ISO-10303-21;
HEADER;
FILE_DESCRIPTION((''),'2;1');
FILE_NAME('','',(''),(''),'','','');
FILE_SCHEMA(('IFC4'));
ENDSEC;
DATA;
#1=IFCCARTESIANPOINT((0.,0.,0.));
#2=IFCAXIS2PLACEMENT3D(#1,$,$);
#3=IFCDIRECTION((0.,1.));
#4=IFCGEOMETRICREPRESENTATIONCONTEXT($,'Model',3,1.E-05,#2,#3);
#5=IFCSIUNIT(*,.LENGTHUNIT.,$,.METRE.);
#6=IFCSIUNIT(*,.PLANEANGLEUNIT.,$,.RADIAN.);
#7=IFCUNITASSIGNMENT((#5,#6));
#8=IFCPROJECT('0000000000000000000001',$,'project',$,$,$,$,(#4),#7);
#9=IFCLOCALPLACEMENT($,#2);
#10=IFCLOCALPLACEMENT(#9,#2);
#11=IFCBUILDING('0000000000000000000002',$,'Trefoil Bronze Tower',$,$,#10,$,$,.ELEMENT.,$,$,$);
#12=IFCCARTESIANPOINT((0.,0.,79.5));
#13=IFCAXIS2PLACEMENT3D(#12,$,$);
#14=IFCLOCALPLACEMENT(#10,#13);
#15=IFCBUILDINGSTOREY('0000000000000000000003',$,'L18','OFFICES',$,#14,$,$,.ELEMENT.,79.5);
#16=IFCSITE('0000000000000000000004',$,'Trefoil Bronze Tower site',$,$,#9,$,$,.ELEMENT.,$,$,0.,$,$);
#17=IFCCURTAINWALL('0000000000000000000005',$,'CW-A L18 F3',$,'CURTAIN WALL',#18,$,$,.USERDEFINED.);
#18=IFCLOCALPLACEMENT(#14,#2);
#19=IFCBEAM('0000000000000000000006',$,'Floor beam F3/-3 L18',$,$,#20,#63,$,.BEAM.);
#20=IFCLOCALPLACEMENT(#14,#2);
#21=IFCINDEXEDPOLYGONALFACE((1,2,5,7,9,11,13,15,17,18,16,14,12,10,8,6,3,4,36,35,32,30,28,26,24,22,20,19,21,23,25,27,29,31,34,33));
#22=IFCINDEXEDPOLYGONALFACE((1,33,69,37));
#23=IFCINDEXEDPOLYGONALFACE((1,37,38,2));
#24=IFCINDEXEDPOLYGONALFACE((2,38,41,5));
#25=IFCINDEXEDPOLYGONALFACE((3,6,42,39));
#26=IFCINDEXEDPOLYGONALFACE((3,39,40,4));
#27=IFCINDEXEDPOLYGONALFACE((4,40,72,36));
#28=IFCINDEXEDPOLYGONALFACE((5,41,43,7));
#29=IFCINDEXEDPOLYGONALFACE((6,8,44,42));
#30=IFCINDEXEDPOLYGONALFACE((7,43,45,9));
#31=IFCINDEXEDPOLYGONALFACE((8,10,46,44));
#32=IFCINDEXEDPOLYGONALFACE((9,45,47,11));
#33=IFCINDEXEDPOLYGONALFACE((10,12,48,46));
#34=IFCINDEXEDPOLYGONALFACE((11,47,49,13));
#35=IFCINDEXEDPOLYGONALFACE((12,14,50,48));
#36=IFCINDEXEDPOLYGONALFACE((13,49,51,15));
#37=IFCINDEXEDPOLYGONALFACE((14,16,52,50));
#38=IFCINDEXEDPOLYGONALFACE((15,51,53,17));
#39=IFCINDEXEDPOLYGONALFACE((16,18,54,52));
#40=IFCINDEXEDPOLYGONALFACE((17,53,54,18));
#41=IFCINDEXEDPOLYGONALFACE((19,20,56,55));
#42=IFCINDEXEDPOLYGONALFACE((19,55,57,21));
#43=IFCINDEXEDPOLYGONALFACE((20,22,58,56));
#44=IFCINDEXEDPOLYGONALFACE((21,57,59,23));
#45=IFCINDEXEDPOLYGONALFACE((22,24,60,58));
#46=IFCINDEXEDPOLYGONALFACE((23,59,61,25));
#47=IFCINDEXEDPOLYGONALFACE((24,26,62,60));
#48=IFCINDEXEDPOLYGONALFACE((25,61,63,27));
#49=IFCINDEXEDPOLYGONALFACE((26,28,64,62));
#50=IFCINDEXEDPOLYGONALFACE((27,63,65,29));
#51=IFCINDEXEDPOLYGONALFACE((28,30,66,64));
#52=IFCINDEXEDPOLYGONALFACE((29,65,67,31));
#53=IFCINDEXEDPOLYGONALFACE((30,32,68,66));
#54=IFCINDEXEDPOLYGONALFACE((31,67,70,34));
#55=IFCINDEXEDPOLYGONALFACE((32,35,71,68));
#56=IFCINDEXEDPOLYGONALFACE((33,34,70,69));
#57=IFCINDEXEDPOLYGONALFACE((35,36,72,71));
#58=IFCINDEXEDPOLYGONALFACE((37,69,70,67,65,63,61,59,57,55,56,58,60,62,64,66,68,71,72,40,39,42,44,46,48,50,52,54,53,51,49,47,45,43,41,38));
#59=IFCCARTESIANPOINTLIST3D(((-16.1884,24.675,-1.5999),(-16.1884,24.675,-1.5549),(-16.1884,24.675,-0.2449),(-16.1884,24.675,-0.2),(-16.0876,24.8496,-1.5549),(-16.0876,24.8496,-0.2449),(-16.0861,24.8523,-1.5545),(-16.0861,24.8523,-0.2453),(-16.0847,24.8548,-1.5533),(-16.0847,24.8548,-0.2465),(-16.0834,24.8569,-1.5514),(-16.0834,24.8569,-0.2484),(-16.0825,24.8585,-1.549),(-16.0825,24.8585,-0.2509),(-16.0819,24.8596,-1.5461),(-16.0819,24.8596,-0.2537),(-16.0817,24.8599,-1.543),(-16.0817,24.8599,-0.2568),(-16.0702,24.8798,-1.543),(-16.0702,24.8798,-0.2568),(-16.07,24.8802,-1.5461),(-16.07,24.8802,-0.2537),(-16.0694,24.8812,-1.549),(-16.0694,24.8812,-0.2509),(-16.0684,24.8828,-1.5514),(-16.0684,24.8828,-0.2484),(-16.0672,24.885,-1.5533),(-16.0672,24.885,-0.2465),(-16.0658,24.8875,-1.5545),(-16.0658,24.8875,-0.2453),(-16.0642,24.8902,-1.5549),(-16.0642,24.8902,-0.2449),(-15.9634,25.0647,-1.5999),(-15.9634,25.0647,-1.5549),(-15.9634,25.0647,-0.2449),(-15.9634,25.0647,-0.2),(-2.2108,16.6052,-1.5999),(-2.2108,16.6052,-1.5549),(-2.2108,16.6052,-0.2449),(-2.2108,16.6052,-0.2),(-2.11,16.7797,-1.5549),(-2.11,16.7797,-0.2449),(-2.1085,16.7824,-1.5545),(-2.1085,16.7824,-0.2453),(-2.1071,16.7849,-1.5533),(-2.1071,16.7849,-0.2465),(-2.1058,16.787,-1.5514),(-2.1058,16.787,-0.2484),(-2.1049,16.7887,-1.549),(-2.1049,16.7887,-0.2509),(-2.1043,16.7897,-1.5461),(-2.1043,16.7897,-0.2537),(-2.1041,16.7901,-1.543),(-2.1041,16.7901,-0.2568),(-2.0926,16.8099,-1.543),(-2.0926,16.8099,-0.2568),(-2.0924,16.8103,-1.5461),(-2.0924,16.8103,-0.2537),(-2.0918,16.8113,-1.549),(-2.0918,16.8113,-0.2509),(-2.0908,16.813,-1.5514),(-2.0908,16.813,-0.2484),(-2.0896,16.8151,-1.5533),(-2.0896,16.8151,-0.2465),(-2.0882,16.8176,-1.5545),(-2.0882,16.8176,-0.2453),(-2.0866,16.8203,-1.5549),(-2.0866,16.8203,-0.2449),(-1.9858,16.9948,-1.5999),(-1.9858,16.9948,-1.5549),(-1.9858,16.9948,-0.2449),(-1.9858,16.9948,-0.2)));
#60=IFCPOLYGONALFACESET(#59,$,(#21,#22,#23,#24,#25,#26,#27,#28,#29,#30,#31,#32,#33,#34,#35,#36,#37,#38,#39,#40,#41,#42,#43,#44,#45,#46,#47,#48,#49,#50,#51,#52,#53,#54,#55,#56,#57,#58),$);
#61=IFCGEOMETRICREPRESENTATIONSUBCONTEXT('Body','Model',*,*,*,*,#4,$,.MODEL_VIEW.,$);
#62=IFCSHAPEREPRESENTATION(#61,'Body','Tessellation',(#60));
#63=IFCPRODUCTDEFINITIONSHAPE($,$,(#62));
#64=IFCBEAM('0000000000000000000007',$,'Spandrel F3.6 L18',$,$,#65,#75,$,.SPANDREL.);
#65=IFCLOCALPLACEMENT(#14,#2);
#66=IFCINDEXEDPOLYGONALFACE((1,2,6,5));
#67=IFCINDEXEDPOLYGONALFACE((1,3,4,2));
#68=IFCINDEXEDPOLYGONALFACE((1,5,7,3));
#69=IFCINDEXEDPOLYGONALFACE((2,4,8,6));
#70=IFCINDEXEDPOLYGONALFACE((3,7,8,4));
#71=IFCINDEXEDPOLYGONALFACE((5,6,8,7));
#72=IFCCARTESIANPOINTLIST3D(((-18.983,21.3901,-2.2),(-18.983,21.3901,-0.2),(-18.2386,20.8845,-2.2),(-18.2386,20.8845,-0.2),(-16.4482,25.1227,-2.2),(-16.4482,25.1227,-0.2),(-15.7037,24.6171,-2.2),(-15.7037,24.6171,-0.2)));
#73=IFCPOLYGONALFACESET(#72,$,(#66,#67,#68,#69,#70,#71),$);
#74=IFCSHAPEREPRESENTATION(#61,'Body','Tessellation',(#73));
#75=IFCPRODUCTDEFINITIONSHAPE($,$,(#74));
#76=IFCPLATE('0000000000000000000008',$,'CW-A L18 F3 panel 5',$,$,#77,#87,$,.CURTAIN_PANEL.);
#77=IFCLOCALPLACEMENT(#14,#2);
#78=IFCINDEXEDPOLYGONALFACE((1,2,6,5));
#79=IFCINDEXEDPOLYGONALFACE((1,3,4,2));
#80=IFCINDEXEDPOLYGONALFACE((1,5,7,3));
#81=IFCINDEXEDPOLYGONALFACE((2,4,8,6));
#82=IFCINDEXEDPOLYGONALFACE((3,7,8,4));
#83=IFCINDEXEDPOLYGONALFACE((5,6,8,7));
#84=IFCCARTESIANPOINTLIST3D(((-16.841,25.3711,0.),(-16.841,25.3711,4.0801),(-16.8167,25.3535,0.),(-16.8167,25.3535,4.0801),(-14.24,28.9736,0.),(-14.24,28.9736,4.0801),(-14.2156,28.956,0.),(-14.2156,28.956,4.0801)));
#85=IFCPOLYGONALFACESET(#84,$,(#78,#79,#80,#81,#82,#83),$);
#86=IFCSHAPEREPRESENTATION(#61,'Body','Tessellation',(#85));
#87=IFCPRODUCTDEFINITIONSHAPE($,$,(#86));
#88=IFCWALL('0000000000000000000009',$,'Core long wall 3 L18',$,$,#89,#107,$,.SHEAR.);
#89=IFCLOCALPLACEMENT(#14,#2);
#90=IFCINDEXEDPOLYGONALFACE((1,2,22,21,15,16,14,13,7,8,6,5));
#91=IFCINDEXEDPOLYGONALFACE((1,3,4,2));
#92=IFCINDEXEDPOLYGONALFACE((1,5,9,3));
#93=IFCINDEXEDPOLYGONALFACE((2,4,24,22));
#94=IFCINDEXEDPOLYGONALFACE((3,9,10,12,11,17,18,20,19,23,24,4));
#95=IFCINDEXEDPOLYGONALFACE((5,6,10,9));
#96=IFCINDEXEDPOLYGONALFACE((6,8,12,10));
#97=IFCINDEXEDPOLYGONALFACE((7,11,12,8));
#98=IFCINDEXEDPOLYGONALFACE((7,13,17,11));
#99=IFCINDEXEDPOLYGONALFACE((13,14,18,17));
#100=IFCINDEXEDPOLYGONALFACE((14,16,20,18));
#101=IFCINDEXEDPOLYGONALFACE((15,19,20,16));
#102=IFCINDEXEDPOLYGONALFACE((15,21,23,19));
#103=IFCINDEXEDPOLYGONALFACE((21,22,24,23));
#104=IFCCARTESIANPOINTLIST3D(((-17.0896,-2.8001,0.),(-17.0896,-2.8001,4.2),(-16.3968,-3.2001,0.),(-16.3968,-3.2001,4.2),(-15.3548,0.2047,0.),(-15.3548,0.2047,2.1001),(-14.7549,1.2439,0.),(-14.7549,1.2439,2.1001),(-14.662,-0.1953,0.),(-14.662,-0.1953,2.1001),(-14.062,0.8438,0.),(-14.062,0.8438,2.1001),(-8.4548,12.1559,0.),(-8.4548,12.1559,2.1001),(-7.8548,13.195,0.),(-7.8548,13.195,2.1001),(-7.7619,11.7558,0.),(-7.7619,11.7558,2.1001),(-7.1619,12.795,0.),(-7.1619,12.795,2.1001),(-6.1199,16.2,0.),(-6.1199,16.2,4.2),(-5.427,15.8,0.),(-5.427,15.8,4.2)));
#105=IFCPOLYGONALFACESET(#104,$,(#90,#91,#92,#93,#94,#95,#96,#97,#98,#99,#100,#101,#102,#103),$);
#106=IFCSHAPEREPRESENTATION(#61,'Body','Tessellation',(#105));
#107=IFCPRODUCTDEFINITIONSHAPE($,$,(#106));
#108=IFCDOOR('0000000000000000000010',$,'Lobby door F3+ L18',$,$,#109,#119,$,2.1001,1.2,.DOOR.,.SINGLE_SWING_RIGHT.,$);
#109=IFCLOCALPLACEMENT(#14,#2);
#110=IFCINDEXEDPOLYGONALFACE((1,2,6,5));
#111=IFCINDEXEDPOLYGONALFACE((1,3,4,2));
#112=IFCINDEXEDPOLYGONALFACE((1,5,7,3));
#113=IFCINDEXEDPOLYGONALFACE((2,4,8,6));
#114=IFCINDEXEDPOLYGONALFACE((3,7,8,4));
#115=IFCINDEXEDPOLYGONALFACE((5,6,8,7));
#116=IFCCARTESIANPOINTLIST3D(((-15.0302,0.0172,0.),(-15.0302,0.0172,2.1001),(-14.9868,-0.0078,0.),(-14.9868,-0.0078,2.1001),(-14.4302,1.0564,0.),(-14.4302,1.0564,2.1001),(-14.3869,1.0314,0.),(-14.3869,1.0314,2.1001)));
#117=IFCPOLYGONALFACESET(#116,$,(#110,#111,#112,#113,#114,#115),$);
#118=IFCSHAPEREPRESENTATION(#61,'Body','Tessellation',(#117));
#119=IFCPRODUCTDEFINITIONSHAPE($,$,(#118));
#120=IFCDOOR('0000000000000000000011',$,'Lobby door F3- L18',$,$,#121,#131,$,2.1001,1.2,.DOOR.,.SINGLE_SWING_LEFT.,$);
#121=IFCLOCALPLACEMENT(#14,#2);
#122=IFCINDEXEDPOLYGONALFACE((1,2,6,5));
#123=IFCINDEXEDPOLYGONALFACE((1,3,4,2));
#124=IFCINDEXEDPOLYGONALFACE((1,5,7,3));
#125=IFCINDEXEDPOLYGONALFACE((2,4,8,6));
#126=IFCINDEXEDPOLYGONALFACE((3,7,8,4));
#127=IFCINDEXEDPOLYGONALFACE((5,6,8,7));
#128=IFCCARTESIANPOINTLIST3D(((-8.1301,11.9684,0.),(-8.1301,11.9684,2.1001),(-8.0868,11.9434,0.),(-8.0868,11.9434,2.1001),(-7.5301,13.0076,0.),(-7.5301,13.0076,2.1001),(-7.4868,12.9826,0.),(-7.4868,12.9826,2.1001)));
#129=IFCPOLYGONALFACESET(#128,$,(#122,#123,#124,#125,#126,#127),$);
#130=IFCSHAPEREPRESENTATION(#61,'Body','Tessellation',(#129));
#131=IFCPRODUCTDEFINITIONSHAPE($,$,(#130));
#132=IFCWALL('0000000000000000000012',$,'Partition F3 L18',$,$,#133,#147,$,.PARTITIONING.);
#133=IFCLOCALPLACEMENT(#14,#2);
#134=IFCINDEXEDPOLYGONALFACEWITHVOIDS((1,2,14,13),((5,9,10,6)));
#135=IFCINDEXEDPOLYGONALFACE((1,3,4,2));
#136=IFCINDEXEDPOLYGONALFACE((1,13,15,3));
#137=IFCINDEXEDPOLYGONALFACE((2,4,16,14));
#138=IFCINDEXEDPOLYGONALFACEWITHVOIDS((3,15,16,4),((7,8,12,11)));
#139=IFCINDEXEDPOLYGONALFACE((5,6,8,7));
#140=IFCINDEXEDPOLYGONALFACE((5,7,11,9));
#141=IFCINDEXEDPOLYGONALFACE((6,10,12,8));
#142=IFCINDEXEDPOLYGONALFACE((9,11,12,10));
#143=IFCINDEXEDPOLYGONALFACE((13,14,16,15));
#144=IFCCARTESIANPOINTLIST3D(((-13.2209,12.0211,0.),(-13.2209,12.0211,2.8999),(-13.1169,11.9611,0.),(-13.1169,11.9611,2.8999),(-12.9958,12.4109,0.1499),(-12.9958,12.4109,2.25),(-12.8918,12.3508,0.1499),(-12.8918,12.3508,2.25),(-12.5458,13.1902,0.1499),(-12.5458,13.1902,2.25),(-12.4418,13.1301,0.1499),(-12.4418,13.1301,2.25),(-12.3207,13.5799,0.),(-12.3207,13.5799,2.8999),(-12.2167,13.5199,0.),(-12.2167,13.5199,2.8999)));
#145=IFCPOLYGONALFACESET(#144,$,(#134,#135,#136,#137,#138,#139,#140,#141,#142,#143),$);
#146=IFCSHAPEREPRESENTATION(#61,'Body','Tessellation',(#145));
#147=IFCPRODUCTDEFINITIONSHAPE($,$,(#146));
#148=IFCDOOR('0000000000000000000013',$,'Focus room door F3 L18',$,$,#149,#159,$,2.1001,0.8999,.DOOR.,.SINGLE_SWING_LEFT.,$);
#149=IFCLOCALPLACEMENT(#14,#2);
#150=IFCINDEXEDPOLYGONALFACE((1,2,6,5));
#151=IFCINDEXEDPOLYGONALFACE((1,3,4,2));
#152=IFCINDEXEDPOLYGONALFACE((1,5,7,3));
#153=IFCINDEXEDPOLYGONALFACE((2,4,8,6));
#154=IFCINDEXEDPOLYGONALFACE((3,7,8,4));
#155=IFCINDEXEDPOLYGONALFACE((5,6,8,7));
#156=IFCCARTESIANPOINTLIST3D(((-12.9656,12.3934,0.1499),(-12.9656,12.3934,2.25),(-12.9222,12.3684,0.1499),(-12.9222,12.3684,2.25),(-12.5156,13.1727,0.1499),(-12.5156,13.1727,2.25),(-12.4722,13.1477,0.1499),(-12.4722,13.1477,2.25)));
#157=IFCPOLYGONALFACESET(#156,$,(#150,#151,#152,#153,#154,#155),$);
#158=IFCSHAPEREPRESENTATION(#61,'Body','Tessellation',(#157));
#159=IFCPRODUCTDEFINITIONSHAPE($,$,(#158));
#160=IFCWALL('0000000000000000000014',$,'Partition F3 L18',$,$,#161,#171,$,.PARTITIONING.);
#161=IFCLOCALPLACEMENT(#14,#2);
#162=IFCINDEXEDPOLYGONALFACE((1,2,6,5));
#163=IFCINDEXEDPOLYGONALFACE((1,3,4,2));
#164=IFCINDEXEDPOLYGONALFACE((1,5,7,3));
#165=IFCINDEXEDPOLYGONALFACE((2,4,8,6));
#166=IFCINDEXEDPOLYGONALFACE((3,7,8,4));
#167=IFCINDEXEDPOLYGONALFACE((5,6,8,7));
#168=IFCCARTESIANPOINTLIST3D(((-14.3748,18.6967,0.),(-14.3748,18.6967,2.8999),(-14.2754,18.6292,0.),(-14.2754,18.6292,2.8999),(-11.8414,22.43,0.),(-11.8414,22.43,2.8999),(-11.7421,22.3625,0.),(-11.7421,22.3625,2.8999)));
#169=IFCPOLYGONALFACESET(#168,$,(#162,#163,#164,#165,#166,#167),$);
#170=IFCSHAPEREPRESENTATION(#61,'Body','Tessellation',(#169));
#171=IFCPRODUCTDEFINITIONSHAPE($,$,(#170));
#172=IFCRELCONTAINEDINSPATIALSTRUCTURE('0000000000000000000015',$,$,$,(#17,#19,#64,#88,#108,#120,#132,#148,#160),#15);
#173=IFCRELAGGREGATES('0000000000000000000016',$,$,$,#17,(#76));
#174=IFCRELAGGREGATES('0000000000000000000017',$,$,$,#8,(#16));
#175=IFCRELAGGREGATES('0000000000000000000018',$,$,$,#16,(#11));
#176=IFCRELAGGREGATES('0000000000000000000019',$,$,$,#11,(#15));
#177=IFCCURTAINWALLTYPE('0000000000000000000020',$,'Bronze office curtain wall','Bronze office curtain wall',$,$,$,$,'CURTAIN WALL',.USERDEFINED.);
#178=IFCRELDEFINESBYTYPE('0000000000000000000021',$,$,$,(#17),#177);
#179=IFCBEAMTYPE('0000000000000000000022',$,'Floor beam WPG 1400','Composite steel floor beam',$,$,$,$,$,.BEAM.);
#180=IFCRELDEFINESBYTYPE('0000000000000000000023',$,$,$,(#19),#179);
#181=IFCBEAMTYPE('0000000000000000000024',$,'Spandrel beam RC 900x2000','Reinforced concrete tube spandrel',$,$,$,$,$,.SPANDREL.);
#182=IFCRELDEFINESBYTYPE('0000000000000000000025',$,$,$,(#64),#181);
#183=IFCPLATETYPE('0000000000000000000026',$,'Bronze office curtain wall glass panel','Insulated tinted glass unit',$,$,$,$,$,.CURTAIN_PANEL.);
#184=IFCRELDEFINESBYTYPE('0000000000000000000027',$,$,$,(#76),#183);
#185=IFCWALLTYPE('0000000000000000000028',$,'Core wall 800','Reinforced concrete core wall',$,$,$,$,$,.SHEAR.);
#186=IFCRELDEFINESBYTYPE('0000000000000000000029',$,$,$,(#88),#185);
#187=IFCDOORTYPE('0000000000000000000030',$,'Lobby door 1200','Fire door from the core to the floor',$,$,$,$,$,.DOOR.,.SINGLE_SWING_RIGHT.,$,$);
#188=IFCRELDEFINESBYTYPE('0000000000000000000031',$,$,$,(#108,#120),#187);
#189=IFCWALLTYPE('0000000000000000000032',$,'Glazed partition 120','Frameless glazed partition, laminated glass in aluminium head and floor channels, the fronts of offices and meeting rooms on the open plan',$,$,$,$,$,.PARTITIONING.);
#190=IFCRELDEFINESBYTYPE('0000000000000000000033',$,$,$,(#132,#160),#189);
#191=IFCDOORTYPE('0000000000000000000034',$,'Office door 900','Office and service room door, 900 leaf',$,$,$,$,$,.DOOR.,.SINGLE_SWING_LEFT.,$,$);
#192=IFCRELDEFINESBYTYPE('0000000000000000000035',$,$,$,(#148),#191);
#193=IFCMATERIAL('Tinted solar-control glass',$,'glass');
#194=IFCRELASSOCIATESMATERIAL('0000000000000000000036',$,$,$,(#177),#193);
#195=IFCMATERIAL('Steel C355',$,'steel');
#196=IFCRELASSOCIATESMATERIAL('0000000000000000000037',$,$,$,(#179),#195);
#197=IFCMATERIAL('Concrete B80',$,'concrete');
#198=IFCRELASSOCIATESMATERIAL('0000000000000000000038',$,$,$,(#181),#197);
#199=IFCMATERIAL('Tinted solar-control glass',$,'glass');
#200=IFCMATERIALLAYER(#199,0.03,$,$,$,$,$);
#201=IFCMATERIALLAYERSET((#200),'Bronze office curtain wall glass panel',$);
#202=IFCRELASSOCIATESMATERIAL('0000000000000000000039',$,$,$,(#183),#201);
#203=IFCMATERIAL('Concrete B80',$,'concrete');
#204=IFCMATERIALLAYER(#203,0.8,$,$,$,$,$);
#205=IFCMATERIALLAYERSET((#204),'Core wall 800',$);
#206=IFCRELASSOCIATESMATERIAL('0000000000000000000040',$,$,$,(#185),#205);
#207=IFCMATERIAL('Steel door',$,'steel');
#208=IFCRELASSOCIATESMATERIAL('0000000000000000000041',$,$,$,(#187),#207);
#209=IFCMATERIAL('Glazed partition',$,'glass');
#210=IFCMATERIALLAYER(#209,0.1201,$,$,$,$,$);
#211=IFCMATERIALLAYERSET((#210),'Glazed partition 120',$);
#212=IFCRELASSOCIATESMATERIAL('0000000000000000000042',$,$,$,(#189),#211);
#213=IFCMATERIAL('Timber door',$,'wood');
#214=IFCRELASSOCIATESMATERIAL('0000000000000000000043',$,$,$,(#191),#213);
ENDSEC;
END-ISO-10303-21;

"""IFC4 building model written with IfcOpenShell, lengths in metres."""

from ifc_helpers import new_model, si_unit, direction, frame, frame_2d, origin, origin_2d, place, context, subcontext, project, spatial, rectangle, i_section, extrude, material, layer, layer_set, material_profile, profile_set, type_object, element, fill, aggregate, save


model = new_model("IFC4")

# Units and contexts
model_context = context("Model", 3, precision=1e-05, world=origin(), true_north=direction((0.0, 1.0)))
body_context = subcontext(model_context, "Body", "Model", "MODEL_VIEW")
ifc_project = project(units=[si_unit("LENGTHUNIT", "METRE"), si_unit("PLANEANGLEUNIT", "RADIAN")], contexts=[model_context])

# Site, building, storey
site_placement = place(None, origin())
site = spatial("IfcSite", under=ifc_project, at=site_placement, Name="Trefoil Bronze Tower site", CompositionType="ELEMENT", RefElevation=0.0)
building_placement = place(site_placement, origin())
building = spatial("IfcBuilding", under=site, at=building_placement, Name="Trefoil Bronze Tower", CompositionType="ELEMENT")
storey_placement = place(building_placement, frame((0.0, 0.0, 79.5)))
storey = spatial("IfcBuildingStorey", under=building, at=storey_placement, Name="L18", Description="OFFICES", CompositionType="ELEMENT", Elevation=79.5)

# Curtain wall
ifc_material_1 = material(Name="Tinted solar-control glass", Category="glass")
curtain_wall_type = type_object("IfcCurtainWallType", Name="Bronze office curtain wall", Description="Bronze office curtain wall", ElementType="CURTAIN WALL", PredefinedType="USERDEFINED", material=ifc_material_1)
curtain_wall_placement = place(storey_placement, origin())
curtain_wall = element("IfcCurtainWall", 1, at=curtain_wall_placement, inside=storey, type_object=curtain_wall_type, Name="CW-A L18 F3", ObjectType="CURTAIN WALL", PredefinedType="USERDEFINED")

# Beams
ifc_material_2 = material(Name="Steel C355", Category="steel")
ifc_material_profile_1 = material_profile(ifc_material_2, i_section(OverallWidth=0.45, OverallDepth=1.3999, WebThickness=0.0229, FlangeThickness=0.0449, FilletRadius=0.012, at=origin_2d()), Name="WPG 1400")
ifc_profile_set_1 = profile_set([ifc_material_profile_1], Name="Steel C355")
beam_type_1 = type_object("IfcBeamType", Name="Floor beam WPG 1400", Description="Composite steel floor beam", PredefinedType="BEAM", material=ifc_profile_set_1)
beam_1_placement = place(storey_placement, frame((-16.0759, 24.8699, -0.8999), z_axis=(0.866028, -0.499995, 0.0), x_axis=(0.499995, 0.866028, 0.0)))
element("IfcBeam", 2, at=beam_1_placement, inside=storey, type_object=beam_type_1, Name="Floor beam F3/-3 L18", PredefinedType="BEAM", context=body_context, shape_type="SweptSolid", body=[
    extrude(i_section(OverallWidth=0.45, OverallDepth=1.3999, WebThickness=0.0229, FlangeThickness=0.0449, FilletRadius=0.012, at=origin_2d()), origin(), (0.0, 0.0, 1.0), 16.1399),
])
ifc_material_3 = material(Name="Concrete B80", Category="concrete")
ifc_material_profile_2 = material_profile(ifc_material_3, rectangle(XDim=0.8999, YDim=2.0, at=origin_2d()), Name="RC 900x2000")
ifc_profile_set_2 = profile_set([ifc_material_profile_2], Name="Concrete B80")
beam_type_2 = type_object("IfcBeamType", Name="Spandrel beam RC 900x2000", Description="Reinforced concrete tube spandrel", PredefinedType="SPANDREL", material=ifc_profile_set_2)
beam_2_placement = place(storey_placement, frame((-16.0759, 24.8699, -1.2), z_axis=(-0.56181, -0.827267, 0.0), x_axis=(0.827267, -0.56181, 0.0)))
element("IfcBeam", 3, at=beam_2_placement, inside=storey, type_object=beam_type_2, Name="Spandrel F3.6 L18", PredefinedType="SPANDREL", context=body_context, shape_type="SweptSolid", body=[
    extrude(rectangle(XDim=0.8999, YDim=2.0, at=origin_2d()), origin(), (0.0, 0.0, 1.0), 4.512),
])

# Plate
ifc_material_4 = material(Name="Tinted solar-control glass", Category="glass")
ifc_layer_1 = layer(ifc_material_4, 0.03)
ifc_layer_set_1 = layer_set([ifc_layer_1], Name="Bronze office curtain wall glass panel")
plate_type = type_object("IfcPlateType", Name="Bronze office curtain wall glass panel", Description="Insulated tinted glass unit", PredefinedType="CURTAIN_PANEL", material=ifc_layer_set_1)
plate_placement = place(storey_placement, frame((-15.5283, 27.1636, 0.0), z_axis=(0.0, 0.0, 1.0), x_axis=(-0.585373, -0.810764, 0.0)))
plate = element("IfcPlate", 4, at=plate_placement, type_object=plate_type, Name="CW-A L18 F3 panel 5", PredefinedType="CURTAIN_PANEL", context=body_context, shape_type="SweptSolid", body=[
    extrude(rectangle(XDim=4.4434, YDim=0.03, at=origin_2d()), origin(), (0.0, 0.0, 1.0), 4.0801),
])
aggregate(curtain_wall, [plate])

# Wall, openings, doors
ifc_material_5 = material(Name="Concrete B80", Category="concrete")
ifc_layer_2 = layer(ifc_material_5, 0.8)
ifc_layer_set_2 = layer_set([ifc_layer_2], Name="Core wall 800")
wall_type_1 = type_object("IfcWallType", Name="Core wall 800", Description="Reinforced concrete core wall", PredefinedType="SHEAR", material=ifc_layer_set_2)
wall_1_placement = place(storey_placement, frame((-5.7734, 16.0, 0.0), z_axis=(0.0, 0.0, 1.0), x_axis=(-0.500002, -0.866024, 0.0)))
wall_1 = element("IfcWall", 5, at=wall_1_placement, inside=storey, type_object=wall_type_1, Name="Core long wall 3 L18", PredefinedType="SHEAR", context=body_context, shape_type="SweptSolid", body=[
    extrude(rectangle(XDim=21.9395, YDim=0.8, at=frame_2d((10.9697, 0.0))), origin(), (0.0, 0.0, 1.0), 4.2),
])
opening_1_placement = place(wall_1_placement, frame((17.2698, 0.0, 0.0)))
opening_1 = element("IfcOpeningElement", 6, at=opening_1_placement, cuts=wall_1, PredefinedType="OPENING", context=body_context, shape_type="SweptSolid", body=[
    extrude(rectangle(XDim=1.2, YDim=2.1001, at=frame_2d((0.6001, 1.05))), frame((0.0, 0.4099, 0.0), z_axis=(0.0, -1.0, 0.0), x_axis=(1.0, 0.0, 0.0)), (0.0, 0.0, 1.0), 0.8201),
])
opening_2_placement = place(wall_1_placement, frame((3.4697, 0.0, 0.0)))
opening_2 = element("IfcOpeningElement", 7, at=opening_2_placement, cuts=wall_1, PredefinedType="OPENING", context=body_context, shape_type="SweptSolid", body=[
    extrude(rectangle(XDim=1.2, YDim=2.1001, at=frame_2d((0.6001, 1.05))), frame((0.0, 0.4099, 0.0), z_axis=(0.0, -1.0, 0.0), x_axis=(1.0, 0.0, 0.0)), (0.0, 0.0, 1.0), 0.8201),
])
ifc_material_6 = material(Name="Steel door", Category="steel")
door_type_1 = type_object("IfcDoorType", Name="Lobby door 1200", Description="Fire door from the core to the floor", OperationType="SINGLE_SWING_RIGHT", PredefinedType="DOOR", material=ifc_material_6)
door_1_placement = place(opening_1_placement, origin())
door_1 = element("IfcDoor", 8, at=door_1_placement, inside=storey, type_object=door_type_1, Name="Lobby door F3+ L18", OperationType="SINGLE_SWING_RIGHT", OverallHeight=2.1001, OverallWidth=1.2, PredefinedType="DOOR", context=body_context, shape_type="SweptSolid", body=[
    extrude(rectangle(XDim=1.2, YDim=2.1001, at=frame_2d((0.6001, 1.05))), frame((0.0, 0.0249, 0.0), z_axis=(0.0, -1.0, 0.0), x_axis=(1.0, 0.0, 0.0)), (0.0, 0.0, 1.0), 0.05),
])
fill(opening_1, door_1)
door_2_placement = place(opening_2_placement, origin())
door_2 = element("IfcDoor", 9, at=door_2_placement, inside=storey, type_object=door_type_1, Name="Lobby door F3- L18", OperationType="SINGLE_SWING_LEFT", OverallHeight=2.1001, OverallWidth=1.2, PredefinedType="DOOR", context=body_context, shape_type="SweptSolid", body=[
    extrude(rectangle(XDim=1.2, YDim=2.1001, at=frame_2d((0.6001, 1.05))), frame((0.0, 0.0249, 0.0), z_axis=(0.0, -1.0, 0.0), x_axis=(1.0, 0.0, 0.0)), (0.0, 0.0, 1.0), 0.05),
])
fill(opening_2, door_2)

# Wall, opening, door
ifc_material_7 = material(Name="Glazed partition", Category="glass")
ifc_layer_3 = layer(ifc_material_7, 0.1201)
ifc_layer_set_3 = layer_set([ifc_layer_3], Name="Glazed partition 120")
wall_type_2 = type_object("IfcWallType", Name="Glazed partition 120", Description="Frameless glazed partition, laminated glass in aluminium head and floor channels, the fronts of offices and meeting rooms on the open plan", PredefinedType="PARTITIONING", material=ifc_layer_set_3)
wall_2_placement = place(storey_placement, frame((-12.2688, 13.5498, 0.0), z_axis=(0.0, 0.0, 1.0), x_axis=(-0.500063, -0.865989, 0.0)))
wall_2 = element("IfcWall", 10, at=wall_2_placement, inside=storey, type_object=wall_type_2, Name="Partition F3 L18", PredefinedType="PARTITIONING", context=body_context, shape_type="SweptSolid", body=[
    extrude(rectangle(XDim=1.8, YDim=0.1201, at=frame_2d((0.8999, 0.0))), origin(), (0.0, 0.0, 1.0), 2.8999),
])
opening_3_placement = place(wall_2_placement, frame((0.45, 0.0, 0.1499)))
opening_3 = element("IfcOpeningElement", 11, at=opening_3_placement, cuts=wall_2, PredefinedType="OPENING", context=body_context, shape_type="SweptSolid", body=[
    extrude(rectangle(XDim=0.8999, YDim=2.1001, at=frame_2d((0.45, 1.05))), frame((0.0, 0.0701, 0.0), z_axis=(0.0, -1.0, 0.0), x_axis=(1.0, 0.0, 0.0)), (0.0, 0.0, 1.0), 0.1401),
])
ifc_material_8 = material(Name="Timber door", Category="wood")
door_type_2 = type_object("IfcDoorType", Name="Office door 900", Description="Office and service room door, 900 leaf", OperationType="SINGLE_SWING_LEFT", PredefinedType="DOOR", material=ifc_material_8)
door_3_placement = place(opening_3_placement, origin())
door_3 = element("IfcDoor", 12, at=door_3_placement, inside=storey, type_object=door_type_2, Name="Focus room door F3 L18", OperationType="SINGLE_SWING_LEFT", OverallHeight=2.1001, OverallWidth=0.8999, PredefinedType="DOOR", context=body_context, shape_type="SweptSolid", body=[
    extrude(rectangle(XDim=0.8999, YDim=2.1001, at=frame_2d((0.45, 1.05))), frame((0.0, 0.0249, 0.0), z_axis=(0.0, -1.0, 0.0), x_axis=(1.0, 0.0, 0.0)), (0.0, 0.0, 1.0), 0.05),
])
fill(opening_3, door_3)

# Wall
wall_3_placement = place(storey_placement, frame((-11.7917, 22.3962, 0.0), z_axis=(0.0, 0.0, 1.0), x_axis=(-0.561512, -0.827469, 0.0)))
element("IfcWall", 13, at=wall_3_placement, inside=storey, type_object=wall_type_2, Name="Partition F3 L18", PredefinedType="PARTITIONING", context=body_context, shape_type="SweptSolid", body=[
    extrude(rectangle(XDim=4.5117, YDim=0.1201, at=frame_2d((2.2559, 0.0))), origin(), (0.0, 0.0, 1.0), 2.8999),
])

save(model, "model.ifc")
